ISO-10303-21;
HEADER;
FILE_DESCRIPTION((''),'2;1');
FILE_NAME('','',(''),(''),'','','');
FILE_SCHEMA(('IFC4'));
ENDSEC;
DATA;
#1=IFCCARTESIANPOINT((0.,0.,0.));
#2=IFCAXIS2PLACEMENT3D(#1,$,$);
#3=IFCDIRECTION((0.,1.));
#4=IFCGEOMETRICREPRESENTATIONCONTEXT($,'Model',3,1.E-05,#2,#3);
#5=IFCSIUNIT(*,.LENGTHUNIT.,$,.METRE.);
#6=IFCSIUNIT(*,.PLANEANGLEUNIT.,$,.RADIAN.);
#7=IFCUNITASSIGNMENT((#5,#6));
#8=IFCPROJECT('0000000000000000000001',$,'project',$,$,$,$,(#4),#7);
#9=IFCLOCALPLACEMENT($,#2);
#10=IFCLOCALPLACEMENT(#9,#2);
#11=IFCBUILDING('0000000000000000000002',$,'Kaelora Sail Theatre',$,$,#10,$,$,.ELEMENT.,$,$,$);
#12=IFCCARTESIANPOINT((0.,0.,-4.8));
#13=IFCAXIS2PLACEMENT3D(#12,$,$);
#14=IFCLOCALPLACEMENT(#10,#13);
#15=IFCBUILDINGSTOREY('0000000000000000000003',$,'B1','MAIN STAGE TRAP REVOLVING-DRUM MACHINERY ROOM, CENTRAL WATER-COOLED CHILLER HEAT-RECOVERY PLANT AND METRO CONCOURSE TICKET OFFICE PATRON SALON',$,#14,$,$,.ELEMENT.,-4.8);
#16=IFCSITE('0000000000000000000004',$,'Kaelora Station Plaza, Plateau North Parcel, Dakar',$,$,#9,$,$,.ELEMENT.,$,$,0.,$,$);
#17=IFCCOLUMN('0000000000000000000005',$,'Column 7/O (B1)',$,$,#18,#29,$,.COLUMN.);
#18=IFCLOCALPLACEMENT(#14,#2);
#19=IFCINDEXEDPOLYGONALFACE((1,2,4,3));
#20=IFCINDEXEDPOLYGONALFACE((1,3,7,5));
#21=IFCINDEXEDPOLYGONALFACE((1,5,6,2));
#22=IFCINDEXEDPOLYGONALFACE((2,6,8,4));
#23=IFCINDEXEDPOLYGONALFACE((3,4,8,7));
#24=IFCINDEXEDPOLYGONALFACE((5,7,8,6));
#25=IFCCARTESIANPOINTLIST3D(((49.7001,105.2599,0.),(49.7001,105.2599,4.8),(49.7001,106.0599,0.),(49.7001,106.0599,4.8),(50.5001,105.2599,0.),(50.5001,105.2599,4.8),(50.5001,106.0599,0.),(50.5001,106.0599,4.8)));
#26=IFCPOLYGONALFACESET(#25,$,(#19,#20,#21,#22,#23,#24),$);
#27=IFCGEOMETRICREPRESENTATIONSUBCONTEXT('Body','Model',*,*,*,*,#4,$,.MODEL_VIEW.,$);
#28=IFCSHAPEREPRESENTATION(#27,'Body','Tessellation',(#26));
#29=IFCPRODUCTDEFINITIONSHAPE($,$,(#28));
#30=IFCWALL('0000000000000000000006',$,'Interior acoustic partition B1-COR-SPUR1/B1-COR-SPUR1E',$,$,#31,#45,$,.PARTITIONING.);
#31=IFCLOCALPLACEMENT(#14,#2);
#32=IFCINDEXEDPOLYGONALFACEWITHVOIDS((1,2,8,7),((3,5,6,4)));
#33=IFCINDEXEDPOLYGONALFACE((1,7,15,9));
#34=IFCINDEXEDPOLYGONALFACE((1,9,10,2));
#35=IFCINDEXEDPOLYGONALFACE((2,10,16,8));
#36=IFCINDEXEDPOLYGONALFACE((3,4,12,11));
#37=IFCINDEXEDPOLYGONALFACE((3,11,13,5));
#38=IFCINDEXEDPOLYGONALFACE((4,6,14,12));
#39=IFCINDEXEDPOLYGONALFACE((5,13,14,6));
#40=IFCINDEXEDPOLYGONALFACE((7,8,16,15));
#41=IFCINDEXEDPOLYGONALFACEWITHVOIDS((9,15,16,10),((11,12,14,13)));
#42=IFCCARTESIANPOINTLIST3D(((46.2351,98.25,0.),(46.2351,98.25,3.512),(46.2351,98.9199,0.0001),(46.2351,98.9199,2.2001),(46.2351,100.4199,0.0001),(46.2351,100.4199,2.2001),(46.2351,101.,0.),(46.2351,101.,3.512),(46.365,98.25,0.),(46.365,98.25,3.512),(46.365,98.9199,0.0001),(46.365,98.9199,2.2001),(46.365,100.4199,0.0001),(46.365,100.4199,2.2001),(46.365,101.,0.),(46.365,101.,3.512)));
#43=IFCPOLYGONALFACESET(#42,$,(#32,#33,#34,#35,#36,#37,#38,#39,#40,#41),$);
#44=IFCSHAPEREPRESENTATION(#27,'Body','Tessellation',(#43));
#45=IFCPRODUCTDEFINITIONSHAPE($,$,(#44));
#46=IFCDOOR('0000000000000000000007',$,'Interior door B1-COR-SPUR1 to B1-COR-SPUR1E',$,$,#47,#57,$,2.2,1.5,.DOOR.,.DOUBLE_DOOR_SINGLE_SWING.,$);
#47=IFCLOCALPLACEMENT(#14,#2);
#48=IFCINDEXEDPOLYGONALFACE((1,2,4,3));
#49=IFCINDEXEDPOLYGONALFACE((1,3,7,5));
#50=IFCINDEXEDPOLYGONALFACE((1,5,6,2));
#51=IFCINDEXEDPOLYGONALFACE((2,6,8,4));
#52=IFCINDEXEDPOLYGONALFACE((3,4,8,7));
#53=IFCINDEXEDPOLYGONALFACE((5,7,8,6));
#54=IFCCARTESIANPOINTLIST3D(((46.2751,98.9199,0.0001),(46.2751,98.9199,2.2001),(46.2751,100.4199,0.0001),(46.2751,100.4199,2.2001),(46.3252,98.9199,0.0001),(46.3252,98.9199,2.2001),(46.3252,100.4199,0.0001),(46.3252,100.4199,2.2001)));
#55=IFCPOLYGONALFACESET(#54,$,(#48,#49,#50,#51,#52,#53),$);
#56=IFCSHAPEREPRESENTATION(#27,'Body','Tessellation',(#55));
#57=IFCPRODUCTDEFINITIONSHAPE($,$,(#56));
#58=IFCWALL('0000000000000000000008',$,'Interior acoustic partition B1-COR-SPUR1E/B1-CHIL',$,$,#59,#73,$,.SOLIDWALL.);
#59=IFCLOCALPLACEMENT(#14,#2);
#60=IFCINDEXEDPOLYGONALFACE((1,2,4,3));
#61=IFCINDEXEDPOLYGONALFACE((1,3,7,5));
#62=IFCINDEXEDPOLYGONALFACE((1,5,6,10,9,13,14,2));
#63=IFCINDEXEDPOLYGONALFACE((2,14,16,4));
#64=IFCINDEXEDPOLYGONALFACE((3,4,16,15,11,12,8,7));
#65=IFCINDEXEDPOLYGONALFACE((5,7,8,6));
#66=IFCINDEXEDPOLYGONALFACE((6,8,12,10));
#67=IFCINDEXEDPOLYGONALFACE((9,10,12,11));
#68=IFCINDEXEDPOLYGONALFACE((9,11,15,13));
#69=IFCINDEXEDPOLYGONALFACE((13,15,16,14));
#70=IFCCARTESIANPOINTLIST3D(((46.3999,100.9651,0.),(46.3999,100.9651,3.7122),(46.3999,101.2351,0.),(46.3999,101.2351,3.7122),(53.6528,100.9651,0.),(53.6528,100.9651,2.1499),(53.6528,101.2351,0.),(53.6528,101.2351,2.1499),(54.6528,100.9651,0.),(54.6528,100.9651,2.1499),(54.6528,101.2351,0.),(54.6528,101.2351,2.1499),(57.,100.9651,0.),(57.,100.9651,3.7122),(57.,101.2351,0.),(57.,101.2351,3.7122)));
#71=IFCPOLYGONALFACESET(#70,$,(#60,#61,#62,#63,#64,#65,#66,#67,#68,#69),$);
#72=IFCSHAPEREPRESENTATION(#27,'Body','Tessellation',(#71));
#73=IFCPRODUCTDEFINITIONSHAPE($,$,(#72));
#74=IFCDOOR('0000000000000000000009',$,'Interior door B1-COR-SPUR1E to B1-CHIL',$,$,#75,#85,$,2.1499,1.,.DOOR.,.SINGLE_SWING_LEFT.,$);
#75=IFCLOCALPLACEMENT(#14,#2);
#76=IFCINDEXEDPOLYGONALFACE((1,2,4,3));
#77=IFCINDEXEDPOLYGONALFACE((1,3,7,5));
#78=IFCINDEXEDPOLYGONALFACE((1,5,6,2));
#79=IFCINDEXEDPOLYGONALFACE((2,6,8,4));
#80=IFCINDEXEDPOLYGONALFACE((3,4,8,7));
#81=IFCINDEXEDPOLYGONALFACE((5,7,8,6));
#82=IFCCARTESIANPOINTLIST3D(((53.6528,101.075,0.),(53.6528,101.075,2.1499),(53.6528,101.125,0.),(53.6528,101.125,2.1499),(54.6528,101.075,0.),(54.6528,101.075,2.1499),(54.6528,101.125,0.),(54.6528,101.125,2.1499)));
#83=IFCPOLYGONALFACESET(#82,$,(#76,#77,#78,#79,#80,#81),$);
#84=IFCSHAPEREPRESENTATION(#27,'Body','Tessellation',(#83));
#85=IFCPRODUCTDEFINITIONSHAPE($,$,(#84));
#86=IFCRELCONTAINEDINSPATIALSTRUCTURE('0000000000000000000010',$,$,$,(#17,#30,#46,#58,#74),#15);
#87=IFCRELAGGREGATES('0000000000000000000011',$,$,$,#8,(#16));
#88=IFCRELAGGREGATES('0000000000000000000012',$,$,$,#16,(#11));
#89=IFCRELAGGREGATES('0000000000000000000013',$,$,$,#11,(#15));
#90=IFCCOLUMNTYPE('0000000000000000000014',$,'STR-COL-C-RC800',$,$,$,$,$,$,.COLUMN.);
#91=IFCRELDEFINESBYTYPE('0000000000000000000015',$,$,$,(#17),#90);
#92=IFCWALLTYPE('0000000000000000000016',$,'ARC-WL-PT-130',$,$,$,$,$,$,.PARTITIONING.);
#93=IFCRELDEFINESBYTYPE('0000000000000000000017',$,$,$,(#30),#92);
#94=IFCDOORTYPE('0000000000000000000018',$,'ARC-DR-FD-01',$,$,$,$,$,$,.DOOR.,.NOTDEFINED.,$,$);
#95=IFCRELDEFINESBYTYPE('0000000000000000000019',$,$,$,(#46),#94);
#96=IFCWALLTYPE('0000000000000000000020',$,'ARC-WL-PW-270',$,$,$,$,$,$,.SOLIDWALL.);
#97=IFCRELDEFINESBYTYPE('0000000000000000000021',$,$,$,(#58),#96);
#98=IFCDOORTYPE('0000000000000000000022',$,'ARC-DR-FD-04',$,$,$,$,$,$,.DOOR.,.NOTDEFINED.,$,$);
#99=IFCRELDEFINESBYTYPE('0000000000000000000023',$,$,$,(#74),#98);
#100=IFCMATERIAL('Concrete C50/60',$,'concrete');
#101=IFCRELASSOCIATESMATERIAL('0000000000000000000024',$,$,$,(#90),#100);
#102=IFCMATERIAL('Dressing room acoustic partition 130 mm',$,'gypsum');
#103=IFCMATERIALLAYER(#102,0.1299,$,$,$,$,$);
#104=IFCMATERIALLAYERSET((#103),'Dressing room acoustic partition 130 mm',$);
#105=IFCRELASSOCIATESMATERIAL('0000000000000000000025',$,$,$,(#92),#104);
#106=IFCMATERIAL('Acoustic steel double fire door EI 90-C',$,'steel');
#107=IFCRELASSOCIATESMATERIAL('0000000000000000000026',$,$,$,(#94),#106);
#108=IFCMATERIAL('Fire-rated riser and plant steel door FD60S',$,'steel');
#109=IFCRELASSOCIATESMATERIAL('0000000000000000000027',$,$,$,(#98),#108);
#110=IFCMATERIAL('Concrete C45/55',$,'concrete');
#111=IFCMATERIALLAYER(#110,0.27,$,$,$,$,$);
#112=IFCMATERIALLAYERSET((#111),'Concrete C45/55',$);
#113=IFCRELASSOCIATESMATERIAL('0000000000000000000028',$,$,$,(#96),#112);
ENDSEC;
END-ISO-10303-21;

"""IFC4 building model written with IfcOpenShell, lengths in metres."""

from ifc_helpers import new_model, si_unit, direction, frame, frame_2d, origin, origin_2d, place, context, subcontext, project, spatial, rectangle, extrude, material, layer, layer_set, material_profile, profile_set, type_object, element, fill, save


model = new_model("IFC4")

# Units and contexts
model_context = context("Model", 3, precision=1e-05, world=origin(), true_north=direction((0.0, 1.0)))
body_context = subcontext(model_context, "Body", "Model", "MODEL_VIEW")
ifc_project = project(units=[si_unit("LENGTHUNIT", "METRE"), si_unit("PLANEANGLEUNIT", "RADIAN")], contexts=[model_context])

# Site, building, storey
site_placement = place(None, origin())
site = spatial("IfcSite", under=ifc_project, at=site_placement, Name="Kaelora Station Plaza, Plateau North Parcel, Dakar", CompositionType="ELEMENT", RefElevation=0.0)
building_placement = place(site_placement, origin())
building = spatial("IfcBuilding", under=site, at=building_placement, Name="Kaelora Sail Theatre", CompositionType="ELEMENT")
storey_placement = place(building_placement, frame((0.0, 0.0, -4.8)))
storey = spatial("IfcBuildingStorey", under=building, at=storey_placement, Name="B1", Description="MAIN STAGE TRAP REVOLVING-DRUM MACHINERY ROOM, CENTRAL WATER-COOLED CHILLER HEAT-RECOVERY PLANT AND METRO CONCOURSE TICKET OFFICE PATRON SALON", CompositionType="ELEMENT", Elevation=-4.8)

# Column
ifc_material_1 = material(Name="Concrete C50/60", Category="concrete")
ifc_material_profile_1 = material_profile(ifc_material_1, rectangle(XDim=0.8, YDim=0.8, at=origin_2d()), Name="RC-COL 800x800")
ifc_profile_set_1 = profile_set([ifc_material_profile_1], Name="Concrete C50/60")
column_type_1 = type_object("IfcColumnType", Name="STR-COL-C-RC800", PredefinedType="COLUMN", material=ifc_profile_set_1)
for number, where, z_axis, x_axis, name in (
    (1, (50.1001, 105.6599, 0.0), (0.0, 0.0, 1.0), (1.0, 0.0, 0.0), "Column 7/O (B1)"),
):
    element("IfcColumn", number, at=place(storey_placement, frame(where, z_axis=z_axis, x_axis=x_axis)), inside=storey, type_object=column_type_1, Name=name, PredefinedType="COLUMN", context=body_context, shape_type="SweptSolid", body=[
        extrude(rectangle(XDim=0.8, YDim=0.8, at=origin_2d()), origin(), (0.0, 0.0, 1.0), 4.8),
    ])

# Walls, openings, doors
ifc_material_2 = material(Name="Dressing room acoustic partition 130 mm", Category="gypsum")
ifc_layer_1 = layer(ifc_material_2, 0.1299)
ifc_layer_set_1 = layer_set([ifc_layer_1], Name="Dressing room acoustic partition 130 mm")
wall_type_1 = type_object("IfcWallType", Name="ARC-WL-PT-130", PredefinedType="PARTITIONING", material=ifc_layer_set_1)
wall_1_placement = place(storey_placement, frame((46.3, 98.25, 0.0), z_axis=(0.0, 0.0, 1.0), x_axis=(0.0, 1.0, 0.0)))
wall_1 = element("IfcWall", 2, at=wall_1_placement, inside=storey, type_object=wall_type_1, Name="Interior acoustic partition B1-COR-SPUR1/B1-COR-SPUR1E", PredefinedType="PARTITIONING", context=body_context, shape_type="SweptSolid", body=[
    extrude(rectangle(XDim=2.75, YDim=0.1299, at=frame_2d((1.375, 0.0))), origin(), (0.0, 0.0, 1.0), 3.512),
])
opening_1_placement = place(wall_1_placement, frame((0.6699, 0.0, 0.0)))
opening_1 = element("IfcOpeningElement", 3, at=opening_1_placement, cuts=wall_1, PredefinedType="OPENING", context=body_context, shape_type="SweptSolid", body=[
    extrude(rectangle(XDim=1.5, YDim=2.2, at=frame_2d((0.75, 1.1001))), frame((0.0, 0.0749, 0.0), z_axis=(0.0, -1.0, 0.0), x_axis=(1.0, 0.0, 0.0)), (0.0, 0.0, 1.0), 0.1499),
])
ifc_material_3 = material(Name="Acoustic steel double fire door EI 90-C", Category="steel")
door_type_1 = type_object("IfcDoorType", Name="ARC-DR-FD-01", OperationType="NOTDEFINED", PredefinedType="DOOR", material=ifc_material_3)
door_1_placement = place(opening_1_placement, origin())
door_1 = element("IfcDoor", 4, at=door_1_placement, inside=storey, type_object=door_type_1, Name="Interior door B1-COR-SPUR1 to B1-COR-SPUR1E", OperationType="DOUBLE_DOOR_SINGLE_SWING", OverallHeight=2.2, OverallWidth=1.5, PredefinedType="DOOR", context=body_context, shape_type="SweptSolid", body=[
    extrude(rectangle(XDim=1.5, YDim=2.2, at=frame_2d((0.75, 1.1001))), frame((0.0, 0.0249, 0.0), z_axis=(0.0, -1.0, 0.0), x_axis=(1.0, 0.0, 0.0)), (0.0, 0.0, 1.0), 0.05),
])
fill(opening_1, door_1)
ifc_material_4 = material(Name="Fire-rated riser and plant steel door FD60S", Category="steel")
door_type_2 = type_object("IfcDoorType", Name="ARC-DR-FD-04", OperationType="NOTDEFINED", PredefinedType="DOOR", material=ifc_material_4)
ifc_material_5 = material(Name="Concrete C45/55", Category="concrete")
ifc_layer_2 = layer(ifc_material_5, 0.27)
ifc_layer_set_2 = layer_set([ifc_layer_2], Name="Concrete C45/55")
wall_type_2 = type_object("IfcWallType", Name="ARC-WL-PW-270", PredefinedType="SOLIDWALL", material=ifc_layer_set_2)
wall_2_placement = place(storey_placement, frame((46.3999, 101.1001, 0.0), z_axis=(0.0, 0.0, 1.0), x_axis=(1.0, 0.0, 0.0)))
wall_2 = element("IfcWall", 5, at=wall_2_placement, inside=storey, type_object=wall_type_2, Name="Interior acoustic partition B1-COR-SPUR1E/B1-CHIL", PredefinedType="SOLIDWALL", context=body_context, shape_type="SweptSolid", body=[
    extrude(rectangle(XDim=10.6001, YDim=0.27, at=frame_2d((5.3, 0.0))), origin(), (0.0, 0.0, 1.0), 3.7122),
])
opening_2_placement = place(wall_2_placement, frame((7.2529, 0.0, 0.0)))
opening_2 = element("IfcOpeningElement", 6, at=opening_2_placement, cuts=wall_2, PredefinedType="OPENING", context=body_context, shape_type="SweptSolid", body=[
    extrude(rectangle(XDim=1.0, YDim=2.1499, at=frame_2d((0.5, 1.075))), frame((0.0, 0.145, 0.0), z_axis=(0.0, -1.0, 0.0), x_axis=(1.0, 0.0, 0.0)), (0.0, 0.0, 1.0), 0.29),
])
door_2_placement = place(opening_2_placement, origin())
door_2 = element("IfcDoor", 7, at=door_2_placement, inside=storey, type_object=door_type_2, Name="Interior door B1-COR-SPUR1E to B1-CHIL", OperationType="SINGLE_SWING_LEFT", OverallHeight=2.1499, OverallWidth=1.0, PredefinedType="DOOR", context=body_context, shape_type="SweptSolid", body=[
    extrude(rectangle(XDim=1.0, YDim=2.1499, at=frame_2d((0.5, 1.075))), frame((0.0, 0.0249, 0.0), z_axis=(0.0, -1.0, 0.0), x_axis=(1.0, 0.0, 0.0)), (0.0, 0.0, 1.0), 0.05),
])
fill(opening_2, door_2)

save(model, "model.ifc")
